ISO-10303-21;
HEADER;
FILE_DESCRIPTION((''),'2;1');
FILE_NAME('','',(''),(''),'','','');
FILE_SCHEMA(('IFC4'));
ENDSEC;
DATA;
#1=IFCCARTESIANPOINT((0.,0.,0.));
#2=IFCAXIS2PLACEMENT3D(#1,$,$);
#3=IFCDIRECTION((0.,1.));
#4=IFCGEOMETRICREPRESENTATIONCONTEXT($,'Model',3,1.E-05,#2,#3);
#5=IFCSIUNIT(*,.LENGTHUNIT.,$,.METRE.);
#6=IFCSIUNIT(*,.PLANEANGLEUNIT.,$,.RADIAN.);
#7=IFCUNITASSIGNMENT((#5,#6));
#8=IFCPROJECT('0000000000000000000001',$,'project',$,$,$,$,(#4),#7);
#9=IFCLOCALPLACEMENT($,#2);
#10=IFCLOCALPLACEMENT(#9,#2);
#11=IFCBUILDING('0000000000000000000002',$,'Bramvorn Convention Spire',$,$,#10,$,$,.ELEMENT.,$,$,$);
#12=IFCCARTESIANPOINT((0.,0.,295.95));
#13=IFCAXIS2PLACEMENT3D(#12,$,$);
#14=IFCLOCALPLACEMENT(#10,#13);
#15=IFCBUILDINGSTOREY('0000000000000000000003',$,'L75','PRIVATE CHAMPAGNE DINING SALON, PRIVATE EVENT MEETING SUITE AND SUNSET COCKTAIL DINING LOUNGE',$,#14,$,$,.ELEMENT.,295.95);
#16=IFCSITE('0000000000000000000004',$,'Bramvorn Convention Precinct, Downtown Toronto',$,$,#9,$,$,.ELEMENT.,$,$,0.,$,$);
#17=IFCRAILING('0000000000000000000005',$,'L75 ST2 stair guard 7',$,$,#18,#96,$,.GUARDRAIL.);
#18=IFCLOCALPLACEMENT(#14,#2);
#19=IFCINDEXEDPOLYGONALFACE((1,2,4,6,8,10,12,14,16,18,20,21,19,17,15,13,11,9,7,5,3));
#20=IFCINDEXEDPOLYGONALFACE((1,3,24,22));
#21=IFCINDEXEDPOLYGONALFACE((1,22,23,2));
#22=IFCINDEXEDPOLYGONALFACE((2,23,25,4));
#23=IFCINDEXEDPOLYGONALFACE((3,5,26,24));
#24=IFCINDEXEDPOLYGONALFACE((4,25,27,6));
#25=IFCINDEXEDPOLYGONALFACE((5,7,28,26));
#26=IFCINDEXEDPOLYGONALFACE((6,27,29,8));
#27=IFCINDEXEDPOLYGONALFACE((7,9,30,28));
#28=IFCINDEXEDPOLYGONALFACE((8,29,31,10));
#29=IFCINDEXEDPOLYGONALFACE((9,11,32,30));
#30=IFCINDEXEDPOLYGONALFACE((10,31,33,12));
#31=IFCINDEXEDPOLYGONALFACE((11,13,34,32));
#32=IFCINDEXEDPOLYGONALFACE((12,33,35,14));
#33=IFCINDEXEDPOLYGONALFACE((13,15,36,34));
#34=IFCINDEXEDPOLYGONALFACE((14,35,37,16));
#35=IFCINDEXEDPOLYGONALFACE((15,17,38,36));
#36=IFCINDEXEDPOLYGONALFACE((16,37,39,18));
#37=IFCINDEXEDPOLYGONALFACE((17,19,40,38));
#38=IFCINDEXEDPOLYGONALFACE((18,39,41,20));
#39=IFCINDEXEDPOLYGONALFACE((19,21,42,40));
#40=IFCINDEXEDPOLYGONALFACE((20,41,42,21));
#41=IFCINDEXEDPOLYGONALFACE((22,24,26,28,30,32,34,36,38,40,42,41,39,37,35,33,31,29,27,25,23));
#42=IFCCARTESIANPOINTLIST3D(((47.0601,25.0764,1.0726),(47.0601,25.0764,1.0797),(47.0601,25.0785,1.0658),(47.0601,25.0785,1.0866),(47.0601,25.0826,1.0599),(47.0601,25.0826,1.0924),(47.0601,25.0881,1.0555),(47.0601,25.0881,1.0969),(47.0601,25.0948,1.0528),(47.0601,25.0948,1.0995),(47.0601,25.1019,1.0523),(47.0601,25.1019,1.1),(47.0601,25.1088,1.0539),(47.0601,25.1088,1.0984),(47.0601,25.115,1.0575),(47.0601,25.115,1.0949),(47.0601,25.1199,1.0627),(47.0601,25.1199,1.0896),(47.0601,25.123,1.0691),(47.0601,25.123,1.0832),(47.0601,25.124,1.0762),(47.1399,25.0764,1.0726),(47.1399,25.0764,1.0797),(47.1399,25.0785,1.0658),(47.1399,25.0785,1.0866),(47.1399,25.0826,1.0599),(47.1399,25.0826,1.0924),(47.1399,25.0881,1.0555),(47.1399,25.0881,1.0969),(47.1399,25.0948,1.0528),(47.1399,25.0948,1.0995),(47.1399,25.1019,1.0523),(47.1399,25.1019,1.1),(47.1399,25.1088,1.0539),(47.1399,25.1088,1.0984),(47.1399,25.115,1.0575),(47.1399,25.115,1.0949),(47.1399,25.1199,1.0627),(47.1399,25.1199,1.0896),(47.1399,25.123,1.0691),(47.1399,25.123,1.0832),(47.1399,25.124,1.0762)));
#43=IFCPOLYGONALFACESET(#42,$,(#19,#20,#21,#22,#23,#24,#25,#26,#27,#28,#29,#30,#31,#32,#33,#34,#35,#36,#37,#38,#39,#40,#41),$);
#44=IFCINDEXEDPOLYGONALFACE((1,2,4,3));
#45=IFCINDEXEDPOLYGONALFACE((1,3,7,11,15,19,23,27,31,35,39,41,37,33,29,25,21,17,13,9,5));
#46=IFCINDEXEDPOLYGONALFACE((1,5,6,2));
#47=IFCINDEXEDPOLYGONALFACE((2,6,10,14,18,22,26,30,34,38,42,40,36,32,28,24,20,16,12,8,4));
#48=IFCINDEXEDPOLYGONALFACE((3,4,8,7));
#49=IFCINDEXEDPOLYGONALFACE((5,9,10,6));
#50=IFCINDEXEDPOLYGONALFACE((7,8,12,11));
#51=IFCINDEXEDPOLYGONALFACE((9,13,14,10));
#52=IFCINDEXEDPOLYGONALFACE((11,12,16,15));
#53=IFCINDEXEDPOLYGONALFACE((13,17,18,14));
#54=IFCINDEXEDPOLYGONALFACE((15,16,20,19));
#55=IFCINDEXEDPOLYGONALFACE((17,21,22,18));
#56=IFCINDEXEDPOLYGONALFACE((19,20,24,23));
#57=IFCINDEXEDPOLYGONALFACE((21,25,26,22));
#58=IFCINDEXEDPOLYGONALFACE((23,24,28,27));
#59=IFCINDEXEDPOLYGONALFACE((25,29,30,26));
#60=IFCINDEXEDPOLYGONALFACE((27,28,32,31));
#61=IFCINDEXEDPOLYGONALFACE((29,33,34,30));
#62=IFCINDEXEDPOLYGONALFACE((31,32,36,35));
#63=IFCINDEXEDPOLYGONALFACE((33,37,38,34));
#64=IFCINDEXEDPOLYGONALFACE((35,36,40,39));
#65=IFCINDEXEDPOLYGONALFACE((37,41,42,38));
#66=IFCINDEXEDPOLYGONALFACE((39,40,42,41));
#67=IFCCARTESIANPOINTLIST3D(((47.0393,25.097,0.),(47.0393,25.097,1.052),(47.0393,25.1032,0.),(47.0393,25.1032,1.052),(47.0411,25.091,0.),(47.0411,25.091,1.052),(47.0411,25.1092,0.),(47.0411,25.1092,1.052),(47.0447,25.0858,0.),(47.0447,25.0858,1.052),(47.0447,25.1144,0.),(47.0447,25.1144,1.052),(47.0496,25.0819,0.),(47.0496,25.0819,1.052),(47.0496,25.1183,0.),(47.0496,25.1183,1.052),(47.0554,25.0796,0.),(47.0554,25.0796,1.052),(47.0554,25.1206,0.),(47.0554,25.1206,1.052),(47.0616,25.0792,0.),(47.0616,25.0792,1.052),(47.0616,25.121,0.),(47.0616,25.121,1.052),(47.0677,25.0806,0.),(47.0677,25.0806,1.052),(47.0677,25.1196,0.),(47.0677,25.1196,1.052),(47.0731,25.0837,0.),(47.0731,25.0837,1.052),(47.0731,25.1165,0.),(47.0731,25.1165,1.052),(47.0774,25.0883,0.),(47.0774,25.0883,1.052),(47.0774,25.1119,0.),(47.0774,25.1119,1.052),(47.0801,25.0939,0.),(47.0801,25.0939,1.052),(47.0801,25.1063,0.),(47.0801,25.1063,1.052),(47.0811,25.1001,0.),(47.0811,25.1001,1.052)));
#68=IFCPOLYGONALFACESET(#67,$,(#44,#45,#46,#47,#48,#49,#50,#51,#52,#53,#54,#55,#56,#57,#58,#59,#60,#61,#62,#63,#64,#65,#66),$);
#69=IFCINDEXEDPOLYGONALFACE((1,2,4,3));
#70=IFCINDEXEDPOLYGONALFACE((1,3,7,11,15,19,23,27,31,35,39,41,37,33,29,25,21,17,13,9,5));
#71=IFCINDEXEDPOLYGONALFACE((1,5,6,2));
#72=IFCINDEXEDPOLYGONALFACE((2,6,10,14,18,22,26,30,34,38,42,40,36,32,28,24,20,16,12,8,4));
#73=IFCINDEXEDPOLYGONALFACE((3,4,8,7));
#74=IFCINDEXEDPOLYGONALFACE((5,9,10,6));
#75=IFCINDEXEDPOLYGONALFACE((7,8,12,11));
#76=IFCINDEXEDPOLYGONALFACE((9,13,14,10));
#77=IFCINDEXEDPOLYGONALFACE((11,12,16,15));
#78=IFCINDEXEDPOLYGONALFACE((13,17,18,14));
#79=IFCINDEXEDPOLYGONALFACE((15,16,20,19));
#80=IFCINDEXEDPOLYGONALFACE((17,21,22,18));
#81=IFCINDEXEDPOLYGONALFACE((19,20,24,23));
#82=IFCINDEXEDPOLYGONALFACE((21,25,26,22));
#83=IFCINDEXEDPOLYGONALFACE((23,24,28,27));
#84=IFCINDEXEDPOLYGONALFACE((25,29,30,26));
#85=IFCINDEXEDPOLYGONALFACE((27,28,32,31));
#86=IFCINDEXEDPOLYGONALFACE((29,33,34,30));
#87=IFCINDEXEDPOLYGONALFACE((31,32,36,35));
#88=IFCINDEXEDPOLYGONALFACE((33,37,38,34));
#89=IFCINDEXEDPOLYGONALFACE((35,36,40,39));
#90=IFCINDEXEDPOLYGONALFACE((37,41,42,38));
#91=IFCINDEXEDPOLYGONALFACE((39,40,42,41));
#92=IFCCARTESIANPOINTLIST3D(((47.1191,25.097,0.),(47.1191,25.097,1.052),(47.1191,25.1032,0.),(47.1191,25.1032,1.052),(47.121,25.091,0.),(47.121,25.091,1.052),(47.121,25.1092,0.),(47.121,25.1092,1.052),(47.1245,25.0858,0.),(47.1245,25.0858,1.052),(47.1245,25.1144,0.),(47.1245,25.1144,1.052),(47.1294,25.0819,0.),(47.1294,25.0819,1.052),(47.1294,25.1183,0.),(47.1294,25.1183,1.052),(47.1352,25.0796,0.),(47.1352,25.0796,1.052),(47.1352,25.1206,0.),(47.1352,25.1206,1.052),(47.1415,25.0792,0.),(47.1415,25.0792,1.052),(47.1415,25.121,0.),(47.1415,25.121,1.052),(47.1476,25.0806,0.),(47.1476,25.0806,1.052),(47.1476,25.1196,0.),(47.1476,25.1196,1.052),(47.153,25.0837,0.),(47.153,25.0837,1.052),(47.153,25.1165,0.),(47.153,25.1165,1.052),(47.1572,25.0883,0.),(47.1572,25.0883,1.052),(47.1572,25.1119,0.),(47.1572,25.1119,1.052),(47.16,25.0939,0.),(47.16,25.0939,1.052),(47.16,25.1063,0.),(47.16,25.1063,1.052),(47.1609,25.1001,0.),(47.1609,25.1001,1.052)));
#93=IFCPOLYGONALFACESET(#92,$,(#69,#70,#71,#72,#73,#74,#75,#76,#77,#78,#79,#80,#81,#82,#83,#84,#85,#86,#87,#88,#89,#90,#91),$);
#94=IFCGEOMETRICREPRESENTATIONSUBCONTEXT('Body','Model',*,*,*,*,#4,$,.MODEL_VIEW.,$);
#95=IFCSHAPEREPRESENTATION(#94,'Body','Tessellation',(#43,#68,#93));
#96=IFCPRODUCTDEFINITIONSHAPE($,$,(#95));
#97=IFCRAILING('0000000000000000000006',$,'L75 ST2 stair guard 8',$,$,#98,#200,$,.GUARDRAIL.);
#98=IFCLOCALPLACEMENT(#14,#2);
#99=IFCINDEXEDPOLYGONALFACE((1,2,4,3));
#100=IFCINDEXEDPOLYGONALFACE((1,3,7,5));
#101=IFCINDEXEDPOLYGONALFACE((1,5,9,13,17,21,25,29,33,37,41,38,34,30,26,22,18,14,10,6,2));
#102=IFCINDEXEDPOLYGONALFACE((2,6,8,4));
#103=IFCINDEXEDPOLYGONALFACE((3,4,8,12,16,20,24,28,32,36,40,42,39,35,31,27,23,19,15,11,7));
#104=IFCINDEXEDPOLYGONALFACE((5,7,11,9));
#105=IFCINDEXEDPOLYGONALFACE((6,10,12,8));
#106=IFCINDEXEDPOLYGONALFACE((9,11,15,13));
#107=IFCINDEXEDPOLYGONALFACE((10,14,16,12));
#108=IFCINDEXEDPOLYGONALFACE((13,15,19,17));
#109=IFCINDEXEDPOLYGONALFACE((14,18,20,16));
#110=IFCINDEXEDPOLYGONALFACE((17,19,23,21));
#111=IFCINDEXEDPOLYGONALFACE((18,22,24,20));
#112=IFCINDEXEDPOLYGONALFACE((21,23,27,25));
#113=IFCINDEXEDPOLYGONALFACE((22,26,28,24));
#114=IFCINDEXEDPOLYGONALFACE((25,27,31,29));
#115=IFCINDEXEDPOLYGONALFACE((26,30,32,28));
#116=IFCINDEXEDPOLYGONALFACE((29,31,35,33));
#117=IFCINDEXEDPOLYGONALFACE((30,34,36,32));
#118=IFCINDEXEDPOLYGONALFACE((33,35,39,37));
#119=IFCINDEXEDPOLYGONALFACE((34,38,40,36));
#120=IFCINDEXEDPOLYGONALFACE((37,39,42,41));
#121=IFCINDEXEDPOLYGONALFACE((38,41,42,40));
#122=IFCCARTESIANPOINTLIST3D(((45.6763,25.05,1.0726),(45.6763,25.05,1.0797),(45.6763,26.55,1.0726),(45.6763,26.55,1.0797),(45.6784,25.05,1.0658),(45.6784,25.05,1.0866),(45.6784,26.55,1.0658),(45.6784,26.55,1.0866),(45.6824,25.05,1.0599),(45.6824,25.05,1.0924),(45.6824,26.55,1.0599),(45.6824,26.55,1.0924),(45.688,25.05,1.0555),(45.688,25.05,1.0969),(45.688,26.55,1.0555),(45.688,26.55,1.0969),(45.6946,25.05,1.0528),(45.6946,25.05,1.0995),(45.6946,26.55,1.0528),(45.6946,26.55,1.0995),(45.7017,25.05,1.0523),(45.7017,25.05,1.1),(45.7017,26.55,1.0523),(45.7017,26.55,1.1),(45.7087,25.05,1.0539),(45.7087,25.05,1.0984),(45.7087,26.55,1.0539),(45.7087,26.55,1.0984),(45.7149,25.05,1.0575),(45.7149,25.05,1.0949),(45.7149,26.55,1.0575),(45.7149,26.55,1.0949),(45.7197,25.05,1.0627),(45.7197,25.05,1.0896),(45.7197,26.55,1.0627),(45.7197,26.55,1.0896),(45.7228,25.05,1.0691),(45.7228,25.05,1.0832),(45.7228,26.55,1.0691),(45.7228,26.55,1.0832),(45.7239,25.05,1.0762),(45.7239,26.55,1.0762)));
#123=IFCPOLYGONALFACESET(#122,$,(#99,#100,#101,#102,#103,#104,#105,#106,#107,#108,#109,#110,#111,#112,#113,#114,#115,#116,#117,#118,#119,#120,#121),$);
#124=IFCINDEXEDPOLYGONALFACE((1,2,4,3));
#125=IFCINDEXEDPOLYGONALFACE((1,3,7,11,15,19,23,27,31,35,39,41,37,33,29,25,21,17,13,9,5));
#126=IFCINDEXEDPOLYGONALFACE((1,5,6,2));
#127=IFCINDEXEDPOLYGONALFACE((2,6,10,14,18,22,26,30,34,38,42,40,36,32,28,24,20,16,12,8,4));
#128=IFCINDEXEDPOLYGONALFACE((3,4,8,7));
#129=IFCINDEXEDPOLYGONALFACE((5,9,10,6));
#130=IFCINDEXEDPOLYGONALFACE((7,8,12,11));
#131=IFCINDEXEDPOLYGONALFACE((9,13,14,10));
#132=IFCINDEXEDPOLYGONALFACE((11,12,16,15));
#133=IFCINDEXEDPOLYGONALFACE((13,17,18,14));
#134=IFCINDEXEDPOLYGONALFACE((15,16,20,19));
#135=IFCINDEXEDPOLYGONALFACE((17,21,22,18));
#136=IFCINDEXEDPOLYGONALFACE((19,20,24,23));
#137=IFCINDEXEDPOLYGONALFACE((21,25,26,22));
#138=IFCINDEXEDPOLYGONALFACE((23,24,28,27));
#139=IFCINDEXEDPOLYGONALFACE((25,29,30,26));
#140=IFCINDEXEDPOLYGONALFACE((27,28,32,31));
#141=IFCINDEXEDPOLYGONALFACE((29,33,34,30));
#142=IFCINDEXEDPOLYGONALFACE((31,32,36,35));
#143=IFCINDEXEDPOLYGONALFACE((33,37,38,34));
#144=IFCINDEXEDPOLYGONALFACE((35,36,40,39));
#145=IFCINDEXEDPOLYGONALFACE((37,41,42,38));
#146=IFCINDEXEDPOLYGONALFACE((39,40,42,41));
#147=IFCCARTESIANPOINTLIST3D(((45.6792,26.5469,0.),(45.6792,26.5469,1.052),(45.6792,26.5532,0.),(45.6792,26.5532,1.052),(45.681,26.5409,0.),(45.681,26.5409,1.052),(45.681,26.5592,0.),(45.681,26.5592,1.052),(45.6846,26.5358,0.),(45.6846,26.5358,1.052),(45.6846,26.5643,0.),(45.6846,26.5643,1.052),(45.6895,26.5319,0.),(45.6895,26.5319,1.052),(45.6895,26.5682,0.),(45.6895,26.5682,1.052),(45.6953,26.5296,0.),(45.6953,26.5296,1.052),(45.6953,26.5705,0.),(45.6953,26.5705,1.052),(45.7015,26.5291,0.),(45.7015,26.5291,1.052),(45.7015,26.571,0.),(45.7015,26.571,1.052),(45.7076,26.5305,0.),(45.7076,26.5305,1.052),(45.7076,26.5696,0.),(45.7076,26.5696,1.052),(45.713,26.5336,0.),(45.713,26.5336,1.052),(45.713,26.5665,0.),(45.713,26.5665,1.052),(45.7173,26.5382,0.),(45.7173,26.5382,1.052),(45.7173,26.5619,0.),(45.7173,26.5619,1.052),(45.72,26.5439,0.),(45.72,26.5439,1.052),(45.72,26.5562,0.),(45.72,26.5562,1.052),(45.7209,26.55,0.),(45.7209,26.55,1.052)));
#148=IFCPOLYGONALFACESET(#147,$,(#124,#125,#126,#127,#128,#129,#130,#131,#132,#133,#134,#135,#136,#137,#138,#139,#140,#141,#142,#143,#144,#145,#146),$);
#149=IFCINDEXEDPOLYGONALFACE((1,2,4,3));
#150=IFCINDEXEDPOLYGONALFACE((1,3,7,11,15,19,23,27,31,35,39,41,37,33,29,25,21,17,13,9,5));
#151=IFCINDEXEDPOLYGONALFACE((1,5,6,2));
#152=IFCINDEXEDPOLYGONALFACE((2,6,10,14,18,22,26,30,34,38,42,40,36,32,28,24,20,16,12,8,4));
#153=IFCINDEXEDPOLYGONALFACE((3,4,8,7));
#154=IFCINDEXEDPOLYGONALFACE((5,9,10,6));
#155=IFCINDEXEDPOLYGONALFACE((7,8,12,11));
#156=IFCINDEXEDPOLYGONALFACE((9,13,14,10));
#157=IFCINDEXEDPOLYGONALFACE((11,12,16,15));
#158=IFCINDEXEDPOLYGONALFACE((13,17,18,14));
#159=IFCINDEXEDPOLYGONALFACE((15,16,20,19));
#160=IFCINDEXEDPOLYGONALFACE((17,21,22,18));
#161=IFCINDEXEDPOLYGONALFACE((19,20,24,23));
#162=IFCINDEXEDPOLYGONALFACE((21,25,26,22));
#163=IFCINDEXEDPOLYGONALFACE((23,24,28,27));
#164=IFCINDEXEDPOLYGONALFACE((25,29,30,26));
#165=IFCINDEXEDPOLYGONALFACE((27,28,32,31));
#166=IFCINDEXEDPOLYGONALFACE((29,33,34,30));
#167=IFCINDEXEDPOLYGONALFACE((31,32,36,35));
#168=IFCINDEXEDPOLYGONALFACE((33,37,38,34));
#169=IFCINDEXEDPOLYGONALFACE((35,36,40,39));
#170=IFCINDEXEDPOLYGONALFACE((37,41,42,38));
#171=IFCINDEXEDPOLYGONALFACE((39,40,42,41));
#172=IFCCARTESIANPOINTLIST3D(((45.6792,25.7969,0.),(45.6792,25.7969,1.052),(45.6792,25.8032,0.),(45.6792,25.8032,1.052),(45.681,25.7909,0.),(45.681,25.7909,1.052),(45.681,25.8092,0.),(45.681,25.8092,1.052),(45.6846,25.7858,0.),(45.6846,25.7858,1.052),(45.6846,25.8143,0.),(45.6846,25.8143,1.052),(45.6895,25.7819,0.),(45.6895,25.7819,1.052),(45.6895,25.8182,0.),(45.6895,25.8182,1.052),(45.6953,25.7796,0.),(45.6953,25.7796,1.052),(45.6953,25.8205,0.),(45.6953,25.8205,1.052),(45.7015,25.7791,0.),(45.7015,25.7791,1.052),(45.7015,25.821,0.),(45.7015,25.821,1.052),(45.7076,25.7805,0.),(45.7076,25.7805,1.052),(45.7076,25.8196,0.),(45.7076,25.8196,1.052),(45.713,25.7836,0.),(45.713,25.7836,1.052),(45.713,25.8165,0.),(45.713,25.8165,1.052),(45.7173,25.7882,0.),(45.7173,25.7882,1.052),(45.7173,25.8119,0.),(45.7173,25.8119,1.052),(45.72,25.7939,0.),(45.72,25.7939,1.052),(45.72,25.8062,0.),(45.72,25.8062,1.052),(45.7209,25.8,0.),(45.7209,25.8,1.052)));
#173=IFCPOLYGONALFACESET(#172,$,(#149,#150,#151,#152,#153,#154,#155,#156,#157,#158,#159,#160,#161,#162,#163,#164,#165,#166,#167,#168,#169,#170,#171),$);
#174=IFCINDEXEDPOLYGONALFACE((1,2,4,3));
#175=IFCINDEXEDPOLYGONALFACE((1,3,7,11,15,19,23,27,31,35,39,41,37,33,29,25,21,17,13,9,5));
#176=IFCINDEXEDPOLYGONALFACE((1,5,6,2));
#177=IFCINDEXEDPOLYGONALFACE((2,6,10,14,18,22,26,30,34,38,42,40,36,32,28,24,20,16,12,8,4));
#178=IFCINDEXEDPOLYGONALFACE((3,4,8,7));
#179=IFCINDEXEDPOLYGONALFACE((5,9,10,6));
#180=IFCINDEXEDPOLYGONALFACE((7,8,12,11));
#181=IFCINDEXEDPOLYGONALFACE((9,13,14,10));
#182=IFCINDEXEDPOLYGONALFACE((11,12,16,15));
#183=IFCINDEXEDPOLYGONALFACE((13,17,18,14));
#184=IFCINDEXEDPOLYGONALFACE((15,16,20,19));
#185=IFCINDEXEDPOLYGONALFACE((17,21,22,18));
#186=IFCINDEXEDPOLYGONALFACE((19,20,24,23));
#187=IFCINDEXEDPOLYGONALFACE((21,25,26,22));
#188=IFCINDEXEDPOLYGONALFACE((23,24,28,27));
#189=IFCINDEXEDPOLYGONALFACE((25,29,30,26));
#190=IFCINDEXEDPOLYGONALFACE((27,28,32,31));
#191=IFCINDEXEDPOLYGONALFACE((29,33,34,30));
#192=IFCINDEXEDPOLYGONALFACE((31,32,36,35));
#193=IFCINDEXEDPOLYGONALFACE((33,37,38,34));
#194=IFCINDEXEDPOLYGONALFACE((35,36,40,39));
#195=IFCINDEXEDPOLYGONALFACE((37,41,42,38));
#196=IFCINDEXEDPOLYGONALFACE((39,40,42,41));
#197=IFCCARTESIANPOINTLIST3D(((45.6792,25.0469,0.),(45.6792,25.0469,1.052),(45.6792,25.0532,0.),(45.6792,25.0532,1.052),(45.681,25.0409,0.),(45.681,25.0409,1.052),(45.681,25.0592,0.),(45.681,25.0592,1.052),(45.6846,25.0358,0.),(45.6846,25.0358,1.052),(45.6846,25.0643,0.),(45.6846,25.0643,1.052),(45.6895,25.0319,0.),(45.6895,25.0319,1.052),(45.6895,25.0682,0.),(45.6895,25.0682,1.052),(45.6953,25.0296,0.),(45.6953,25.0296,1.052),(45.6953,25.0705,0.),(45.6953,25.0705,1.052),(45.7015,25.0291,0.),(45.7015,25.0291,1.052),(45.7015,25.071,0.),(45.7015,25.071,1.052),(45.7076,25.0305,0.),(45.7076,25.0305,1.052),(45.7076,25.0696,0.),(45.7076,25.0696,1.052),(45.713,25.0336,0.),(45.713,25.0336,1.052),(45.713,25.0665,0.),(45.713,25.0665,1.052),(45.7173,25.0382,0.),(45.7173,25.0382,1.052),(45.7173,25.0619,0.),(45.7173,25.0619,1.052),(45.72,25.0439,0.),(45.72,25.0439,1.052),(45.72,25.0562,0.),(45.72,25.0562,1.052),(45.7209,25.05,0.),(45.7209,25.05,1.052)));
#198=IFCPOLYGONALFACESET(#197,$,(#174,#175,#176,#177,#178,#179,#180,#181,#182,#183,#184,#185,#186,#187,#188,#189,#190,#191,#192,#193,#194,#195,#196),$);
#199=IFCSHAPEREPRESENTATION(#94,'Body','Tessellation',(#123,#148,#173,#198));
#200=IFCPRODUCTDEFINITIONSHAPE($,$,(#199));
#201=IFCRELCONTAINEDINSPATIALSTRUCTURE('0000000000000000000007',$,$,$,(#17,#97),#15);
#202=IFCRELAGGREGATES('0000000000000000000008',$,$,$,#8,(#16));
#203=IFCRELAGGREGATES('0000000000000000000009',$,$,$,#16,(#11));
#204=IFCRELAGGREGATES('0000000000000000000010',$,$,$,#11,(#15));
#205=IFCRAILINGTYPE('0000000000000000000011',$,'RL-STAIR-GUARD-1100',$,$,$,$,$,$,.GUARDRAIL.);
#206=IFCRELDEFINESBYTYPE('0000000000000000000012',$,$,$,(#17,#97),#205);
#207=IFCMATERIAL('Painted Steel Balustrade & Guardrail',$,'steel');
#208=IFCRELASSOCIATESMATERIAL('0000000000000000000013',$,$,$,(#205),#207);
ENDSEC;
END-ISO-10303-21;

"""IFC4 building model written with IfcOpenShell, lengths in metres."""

from ifc_helpers import new_model, si_unit, direction, frame, origin, origin_2d, place, context, subcontext, project, spatial, circle, extrude, material, type_object, element, save


model = new_model("IFC4")

# Units and contexts
model_context = context("Model", 3, precision=1e-05, world=origin(), true_north=direction((0.0, 1.0)))
body_context = subcontext(model_context, "Body", "Model", "MODEL_VIEW")
ifc_project = project(units=[si_unit("LENGTHUNIT", "METRE"), si_unit("PLANEANGLEUNIT", "RADIAN")], contexts=[model_context])

# Site, building, storey
site_placement = place(None, origin())
site = spatial("IfcSite", under=ifc_project, at=site_placement, Name="Bramvorn Convention Precinct, Downtown Toronto", CompositionType="ELEMENT", RefElevation=0.0)
building_placement = place(site_placement, origin())
building = spatial("IfcBuilding", under=site, at=building_placement, Name="Bramvorn Convention Spire", CompositionType="ELEMENT")
storey_placement = place(building_placement, frame((0.0, 0.0, 295.95)))
storey = spatial("IfcBuildingStorey", under=building, at=storey_placement, Name="L75", Description="PRIVATE CHAMPAGNE DINING SALON, PRIVATE EVENT MEETING SUITE AND SUNSET COCKTAIL DINING LOUNGE", CompositionType="ELEMENT", Elevation=295.95)

# Railings
ifc_material_1 = material(Name="Painted Steel Balustrade & Guardrail", Category="steel")
railing_type_1 = type_object("IfcRailingType", Name="RL-STAIR-GUARD-1100", PredefinedType="GUARDRAIL", material=ifc_material_1)
railing_1_placement = place(storey_placement, frame((47.0601, 25.1001, 0.0)))
element("IfcRailing", 1, at=railing_1_placement, inside=storey, type_object=railing_type_1, Name="L75 ST2 stair guard 7", PredefinedType="GUARDRAIL", context=body_context, shape_type="SweptSolid", body=[
    extrude(circle(Radius=0.0239, at=origin_2d()), frame((0.0, 0.0, 1.0762), z_axis=(1.0, 0.0, 0.0), x_axis=(0.0, 1.0, 0.0)), (0.0, 0.0, 1.0), 0.0798),
    extrude(circle(Radius=0.021, at=origin_2d()), origin(), (0.0, 0.0, 1.0), 1.052),
    extrude(circle(Radius=0.021, at=origin_2d()), frame((0.0798, 0.0, 0.0)), (0.0, 0.0, 1.0), 1.052),
])
for number, where, name in (
    (2, (45.7, 26.55, 0.0), "L75 ST2 stair guard 8"),
):
    element("IfcRailing", number, at=place(storey_placement, frame(where)), inside=storey, type_object=railing_type_1, Name=name, PredefinedType="GUARDRAIL", context=body_context, shape_type="SweptSolid", body=[
        extrude(circle(Radius=0.0239, at=origin_2d()), frame((0.0, 0.0, 1.0762), z_axis=(0.0, -1.0, 0.0), x_axis=(1.0, 0.0, 0.0)), (0.0, 0.0, 1.0), 1.5),
        extrude(circle(Radius=0.021, at=origin_2d()), origin(), (0.0, 0.0, 1.0), 1.052),
        extrude(circle(Radius=0.021, at=origin_2d()), frame((0.0, -0.75, 0.0)), (0.0, 0.0, 1.0), 1.052),
        extrude(circle(Radius=0.021, at=origin_2d()), frame((0.0, -1.5, 0.0)), (0.0, 0.0, 1.0), 1.052),
    ])

save(model, "model.ifc")
